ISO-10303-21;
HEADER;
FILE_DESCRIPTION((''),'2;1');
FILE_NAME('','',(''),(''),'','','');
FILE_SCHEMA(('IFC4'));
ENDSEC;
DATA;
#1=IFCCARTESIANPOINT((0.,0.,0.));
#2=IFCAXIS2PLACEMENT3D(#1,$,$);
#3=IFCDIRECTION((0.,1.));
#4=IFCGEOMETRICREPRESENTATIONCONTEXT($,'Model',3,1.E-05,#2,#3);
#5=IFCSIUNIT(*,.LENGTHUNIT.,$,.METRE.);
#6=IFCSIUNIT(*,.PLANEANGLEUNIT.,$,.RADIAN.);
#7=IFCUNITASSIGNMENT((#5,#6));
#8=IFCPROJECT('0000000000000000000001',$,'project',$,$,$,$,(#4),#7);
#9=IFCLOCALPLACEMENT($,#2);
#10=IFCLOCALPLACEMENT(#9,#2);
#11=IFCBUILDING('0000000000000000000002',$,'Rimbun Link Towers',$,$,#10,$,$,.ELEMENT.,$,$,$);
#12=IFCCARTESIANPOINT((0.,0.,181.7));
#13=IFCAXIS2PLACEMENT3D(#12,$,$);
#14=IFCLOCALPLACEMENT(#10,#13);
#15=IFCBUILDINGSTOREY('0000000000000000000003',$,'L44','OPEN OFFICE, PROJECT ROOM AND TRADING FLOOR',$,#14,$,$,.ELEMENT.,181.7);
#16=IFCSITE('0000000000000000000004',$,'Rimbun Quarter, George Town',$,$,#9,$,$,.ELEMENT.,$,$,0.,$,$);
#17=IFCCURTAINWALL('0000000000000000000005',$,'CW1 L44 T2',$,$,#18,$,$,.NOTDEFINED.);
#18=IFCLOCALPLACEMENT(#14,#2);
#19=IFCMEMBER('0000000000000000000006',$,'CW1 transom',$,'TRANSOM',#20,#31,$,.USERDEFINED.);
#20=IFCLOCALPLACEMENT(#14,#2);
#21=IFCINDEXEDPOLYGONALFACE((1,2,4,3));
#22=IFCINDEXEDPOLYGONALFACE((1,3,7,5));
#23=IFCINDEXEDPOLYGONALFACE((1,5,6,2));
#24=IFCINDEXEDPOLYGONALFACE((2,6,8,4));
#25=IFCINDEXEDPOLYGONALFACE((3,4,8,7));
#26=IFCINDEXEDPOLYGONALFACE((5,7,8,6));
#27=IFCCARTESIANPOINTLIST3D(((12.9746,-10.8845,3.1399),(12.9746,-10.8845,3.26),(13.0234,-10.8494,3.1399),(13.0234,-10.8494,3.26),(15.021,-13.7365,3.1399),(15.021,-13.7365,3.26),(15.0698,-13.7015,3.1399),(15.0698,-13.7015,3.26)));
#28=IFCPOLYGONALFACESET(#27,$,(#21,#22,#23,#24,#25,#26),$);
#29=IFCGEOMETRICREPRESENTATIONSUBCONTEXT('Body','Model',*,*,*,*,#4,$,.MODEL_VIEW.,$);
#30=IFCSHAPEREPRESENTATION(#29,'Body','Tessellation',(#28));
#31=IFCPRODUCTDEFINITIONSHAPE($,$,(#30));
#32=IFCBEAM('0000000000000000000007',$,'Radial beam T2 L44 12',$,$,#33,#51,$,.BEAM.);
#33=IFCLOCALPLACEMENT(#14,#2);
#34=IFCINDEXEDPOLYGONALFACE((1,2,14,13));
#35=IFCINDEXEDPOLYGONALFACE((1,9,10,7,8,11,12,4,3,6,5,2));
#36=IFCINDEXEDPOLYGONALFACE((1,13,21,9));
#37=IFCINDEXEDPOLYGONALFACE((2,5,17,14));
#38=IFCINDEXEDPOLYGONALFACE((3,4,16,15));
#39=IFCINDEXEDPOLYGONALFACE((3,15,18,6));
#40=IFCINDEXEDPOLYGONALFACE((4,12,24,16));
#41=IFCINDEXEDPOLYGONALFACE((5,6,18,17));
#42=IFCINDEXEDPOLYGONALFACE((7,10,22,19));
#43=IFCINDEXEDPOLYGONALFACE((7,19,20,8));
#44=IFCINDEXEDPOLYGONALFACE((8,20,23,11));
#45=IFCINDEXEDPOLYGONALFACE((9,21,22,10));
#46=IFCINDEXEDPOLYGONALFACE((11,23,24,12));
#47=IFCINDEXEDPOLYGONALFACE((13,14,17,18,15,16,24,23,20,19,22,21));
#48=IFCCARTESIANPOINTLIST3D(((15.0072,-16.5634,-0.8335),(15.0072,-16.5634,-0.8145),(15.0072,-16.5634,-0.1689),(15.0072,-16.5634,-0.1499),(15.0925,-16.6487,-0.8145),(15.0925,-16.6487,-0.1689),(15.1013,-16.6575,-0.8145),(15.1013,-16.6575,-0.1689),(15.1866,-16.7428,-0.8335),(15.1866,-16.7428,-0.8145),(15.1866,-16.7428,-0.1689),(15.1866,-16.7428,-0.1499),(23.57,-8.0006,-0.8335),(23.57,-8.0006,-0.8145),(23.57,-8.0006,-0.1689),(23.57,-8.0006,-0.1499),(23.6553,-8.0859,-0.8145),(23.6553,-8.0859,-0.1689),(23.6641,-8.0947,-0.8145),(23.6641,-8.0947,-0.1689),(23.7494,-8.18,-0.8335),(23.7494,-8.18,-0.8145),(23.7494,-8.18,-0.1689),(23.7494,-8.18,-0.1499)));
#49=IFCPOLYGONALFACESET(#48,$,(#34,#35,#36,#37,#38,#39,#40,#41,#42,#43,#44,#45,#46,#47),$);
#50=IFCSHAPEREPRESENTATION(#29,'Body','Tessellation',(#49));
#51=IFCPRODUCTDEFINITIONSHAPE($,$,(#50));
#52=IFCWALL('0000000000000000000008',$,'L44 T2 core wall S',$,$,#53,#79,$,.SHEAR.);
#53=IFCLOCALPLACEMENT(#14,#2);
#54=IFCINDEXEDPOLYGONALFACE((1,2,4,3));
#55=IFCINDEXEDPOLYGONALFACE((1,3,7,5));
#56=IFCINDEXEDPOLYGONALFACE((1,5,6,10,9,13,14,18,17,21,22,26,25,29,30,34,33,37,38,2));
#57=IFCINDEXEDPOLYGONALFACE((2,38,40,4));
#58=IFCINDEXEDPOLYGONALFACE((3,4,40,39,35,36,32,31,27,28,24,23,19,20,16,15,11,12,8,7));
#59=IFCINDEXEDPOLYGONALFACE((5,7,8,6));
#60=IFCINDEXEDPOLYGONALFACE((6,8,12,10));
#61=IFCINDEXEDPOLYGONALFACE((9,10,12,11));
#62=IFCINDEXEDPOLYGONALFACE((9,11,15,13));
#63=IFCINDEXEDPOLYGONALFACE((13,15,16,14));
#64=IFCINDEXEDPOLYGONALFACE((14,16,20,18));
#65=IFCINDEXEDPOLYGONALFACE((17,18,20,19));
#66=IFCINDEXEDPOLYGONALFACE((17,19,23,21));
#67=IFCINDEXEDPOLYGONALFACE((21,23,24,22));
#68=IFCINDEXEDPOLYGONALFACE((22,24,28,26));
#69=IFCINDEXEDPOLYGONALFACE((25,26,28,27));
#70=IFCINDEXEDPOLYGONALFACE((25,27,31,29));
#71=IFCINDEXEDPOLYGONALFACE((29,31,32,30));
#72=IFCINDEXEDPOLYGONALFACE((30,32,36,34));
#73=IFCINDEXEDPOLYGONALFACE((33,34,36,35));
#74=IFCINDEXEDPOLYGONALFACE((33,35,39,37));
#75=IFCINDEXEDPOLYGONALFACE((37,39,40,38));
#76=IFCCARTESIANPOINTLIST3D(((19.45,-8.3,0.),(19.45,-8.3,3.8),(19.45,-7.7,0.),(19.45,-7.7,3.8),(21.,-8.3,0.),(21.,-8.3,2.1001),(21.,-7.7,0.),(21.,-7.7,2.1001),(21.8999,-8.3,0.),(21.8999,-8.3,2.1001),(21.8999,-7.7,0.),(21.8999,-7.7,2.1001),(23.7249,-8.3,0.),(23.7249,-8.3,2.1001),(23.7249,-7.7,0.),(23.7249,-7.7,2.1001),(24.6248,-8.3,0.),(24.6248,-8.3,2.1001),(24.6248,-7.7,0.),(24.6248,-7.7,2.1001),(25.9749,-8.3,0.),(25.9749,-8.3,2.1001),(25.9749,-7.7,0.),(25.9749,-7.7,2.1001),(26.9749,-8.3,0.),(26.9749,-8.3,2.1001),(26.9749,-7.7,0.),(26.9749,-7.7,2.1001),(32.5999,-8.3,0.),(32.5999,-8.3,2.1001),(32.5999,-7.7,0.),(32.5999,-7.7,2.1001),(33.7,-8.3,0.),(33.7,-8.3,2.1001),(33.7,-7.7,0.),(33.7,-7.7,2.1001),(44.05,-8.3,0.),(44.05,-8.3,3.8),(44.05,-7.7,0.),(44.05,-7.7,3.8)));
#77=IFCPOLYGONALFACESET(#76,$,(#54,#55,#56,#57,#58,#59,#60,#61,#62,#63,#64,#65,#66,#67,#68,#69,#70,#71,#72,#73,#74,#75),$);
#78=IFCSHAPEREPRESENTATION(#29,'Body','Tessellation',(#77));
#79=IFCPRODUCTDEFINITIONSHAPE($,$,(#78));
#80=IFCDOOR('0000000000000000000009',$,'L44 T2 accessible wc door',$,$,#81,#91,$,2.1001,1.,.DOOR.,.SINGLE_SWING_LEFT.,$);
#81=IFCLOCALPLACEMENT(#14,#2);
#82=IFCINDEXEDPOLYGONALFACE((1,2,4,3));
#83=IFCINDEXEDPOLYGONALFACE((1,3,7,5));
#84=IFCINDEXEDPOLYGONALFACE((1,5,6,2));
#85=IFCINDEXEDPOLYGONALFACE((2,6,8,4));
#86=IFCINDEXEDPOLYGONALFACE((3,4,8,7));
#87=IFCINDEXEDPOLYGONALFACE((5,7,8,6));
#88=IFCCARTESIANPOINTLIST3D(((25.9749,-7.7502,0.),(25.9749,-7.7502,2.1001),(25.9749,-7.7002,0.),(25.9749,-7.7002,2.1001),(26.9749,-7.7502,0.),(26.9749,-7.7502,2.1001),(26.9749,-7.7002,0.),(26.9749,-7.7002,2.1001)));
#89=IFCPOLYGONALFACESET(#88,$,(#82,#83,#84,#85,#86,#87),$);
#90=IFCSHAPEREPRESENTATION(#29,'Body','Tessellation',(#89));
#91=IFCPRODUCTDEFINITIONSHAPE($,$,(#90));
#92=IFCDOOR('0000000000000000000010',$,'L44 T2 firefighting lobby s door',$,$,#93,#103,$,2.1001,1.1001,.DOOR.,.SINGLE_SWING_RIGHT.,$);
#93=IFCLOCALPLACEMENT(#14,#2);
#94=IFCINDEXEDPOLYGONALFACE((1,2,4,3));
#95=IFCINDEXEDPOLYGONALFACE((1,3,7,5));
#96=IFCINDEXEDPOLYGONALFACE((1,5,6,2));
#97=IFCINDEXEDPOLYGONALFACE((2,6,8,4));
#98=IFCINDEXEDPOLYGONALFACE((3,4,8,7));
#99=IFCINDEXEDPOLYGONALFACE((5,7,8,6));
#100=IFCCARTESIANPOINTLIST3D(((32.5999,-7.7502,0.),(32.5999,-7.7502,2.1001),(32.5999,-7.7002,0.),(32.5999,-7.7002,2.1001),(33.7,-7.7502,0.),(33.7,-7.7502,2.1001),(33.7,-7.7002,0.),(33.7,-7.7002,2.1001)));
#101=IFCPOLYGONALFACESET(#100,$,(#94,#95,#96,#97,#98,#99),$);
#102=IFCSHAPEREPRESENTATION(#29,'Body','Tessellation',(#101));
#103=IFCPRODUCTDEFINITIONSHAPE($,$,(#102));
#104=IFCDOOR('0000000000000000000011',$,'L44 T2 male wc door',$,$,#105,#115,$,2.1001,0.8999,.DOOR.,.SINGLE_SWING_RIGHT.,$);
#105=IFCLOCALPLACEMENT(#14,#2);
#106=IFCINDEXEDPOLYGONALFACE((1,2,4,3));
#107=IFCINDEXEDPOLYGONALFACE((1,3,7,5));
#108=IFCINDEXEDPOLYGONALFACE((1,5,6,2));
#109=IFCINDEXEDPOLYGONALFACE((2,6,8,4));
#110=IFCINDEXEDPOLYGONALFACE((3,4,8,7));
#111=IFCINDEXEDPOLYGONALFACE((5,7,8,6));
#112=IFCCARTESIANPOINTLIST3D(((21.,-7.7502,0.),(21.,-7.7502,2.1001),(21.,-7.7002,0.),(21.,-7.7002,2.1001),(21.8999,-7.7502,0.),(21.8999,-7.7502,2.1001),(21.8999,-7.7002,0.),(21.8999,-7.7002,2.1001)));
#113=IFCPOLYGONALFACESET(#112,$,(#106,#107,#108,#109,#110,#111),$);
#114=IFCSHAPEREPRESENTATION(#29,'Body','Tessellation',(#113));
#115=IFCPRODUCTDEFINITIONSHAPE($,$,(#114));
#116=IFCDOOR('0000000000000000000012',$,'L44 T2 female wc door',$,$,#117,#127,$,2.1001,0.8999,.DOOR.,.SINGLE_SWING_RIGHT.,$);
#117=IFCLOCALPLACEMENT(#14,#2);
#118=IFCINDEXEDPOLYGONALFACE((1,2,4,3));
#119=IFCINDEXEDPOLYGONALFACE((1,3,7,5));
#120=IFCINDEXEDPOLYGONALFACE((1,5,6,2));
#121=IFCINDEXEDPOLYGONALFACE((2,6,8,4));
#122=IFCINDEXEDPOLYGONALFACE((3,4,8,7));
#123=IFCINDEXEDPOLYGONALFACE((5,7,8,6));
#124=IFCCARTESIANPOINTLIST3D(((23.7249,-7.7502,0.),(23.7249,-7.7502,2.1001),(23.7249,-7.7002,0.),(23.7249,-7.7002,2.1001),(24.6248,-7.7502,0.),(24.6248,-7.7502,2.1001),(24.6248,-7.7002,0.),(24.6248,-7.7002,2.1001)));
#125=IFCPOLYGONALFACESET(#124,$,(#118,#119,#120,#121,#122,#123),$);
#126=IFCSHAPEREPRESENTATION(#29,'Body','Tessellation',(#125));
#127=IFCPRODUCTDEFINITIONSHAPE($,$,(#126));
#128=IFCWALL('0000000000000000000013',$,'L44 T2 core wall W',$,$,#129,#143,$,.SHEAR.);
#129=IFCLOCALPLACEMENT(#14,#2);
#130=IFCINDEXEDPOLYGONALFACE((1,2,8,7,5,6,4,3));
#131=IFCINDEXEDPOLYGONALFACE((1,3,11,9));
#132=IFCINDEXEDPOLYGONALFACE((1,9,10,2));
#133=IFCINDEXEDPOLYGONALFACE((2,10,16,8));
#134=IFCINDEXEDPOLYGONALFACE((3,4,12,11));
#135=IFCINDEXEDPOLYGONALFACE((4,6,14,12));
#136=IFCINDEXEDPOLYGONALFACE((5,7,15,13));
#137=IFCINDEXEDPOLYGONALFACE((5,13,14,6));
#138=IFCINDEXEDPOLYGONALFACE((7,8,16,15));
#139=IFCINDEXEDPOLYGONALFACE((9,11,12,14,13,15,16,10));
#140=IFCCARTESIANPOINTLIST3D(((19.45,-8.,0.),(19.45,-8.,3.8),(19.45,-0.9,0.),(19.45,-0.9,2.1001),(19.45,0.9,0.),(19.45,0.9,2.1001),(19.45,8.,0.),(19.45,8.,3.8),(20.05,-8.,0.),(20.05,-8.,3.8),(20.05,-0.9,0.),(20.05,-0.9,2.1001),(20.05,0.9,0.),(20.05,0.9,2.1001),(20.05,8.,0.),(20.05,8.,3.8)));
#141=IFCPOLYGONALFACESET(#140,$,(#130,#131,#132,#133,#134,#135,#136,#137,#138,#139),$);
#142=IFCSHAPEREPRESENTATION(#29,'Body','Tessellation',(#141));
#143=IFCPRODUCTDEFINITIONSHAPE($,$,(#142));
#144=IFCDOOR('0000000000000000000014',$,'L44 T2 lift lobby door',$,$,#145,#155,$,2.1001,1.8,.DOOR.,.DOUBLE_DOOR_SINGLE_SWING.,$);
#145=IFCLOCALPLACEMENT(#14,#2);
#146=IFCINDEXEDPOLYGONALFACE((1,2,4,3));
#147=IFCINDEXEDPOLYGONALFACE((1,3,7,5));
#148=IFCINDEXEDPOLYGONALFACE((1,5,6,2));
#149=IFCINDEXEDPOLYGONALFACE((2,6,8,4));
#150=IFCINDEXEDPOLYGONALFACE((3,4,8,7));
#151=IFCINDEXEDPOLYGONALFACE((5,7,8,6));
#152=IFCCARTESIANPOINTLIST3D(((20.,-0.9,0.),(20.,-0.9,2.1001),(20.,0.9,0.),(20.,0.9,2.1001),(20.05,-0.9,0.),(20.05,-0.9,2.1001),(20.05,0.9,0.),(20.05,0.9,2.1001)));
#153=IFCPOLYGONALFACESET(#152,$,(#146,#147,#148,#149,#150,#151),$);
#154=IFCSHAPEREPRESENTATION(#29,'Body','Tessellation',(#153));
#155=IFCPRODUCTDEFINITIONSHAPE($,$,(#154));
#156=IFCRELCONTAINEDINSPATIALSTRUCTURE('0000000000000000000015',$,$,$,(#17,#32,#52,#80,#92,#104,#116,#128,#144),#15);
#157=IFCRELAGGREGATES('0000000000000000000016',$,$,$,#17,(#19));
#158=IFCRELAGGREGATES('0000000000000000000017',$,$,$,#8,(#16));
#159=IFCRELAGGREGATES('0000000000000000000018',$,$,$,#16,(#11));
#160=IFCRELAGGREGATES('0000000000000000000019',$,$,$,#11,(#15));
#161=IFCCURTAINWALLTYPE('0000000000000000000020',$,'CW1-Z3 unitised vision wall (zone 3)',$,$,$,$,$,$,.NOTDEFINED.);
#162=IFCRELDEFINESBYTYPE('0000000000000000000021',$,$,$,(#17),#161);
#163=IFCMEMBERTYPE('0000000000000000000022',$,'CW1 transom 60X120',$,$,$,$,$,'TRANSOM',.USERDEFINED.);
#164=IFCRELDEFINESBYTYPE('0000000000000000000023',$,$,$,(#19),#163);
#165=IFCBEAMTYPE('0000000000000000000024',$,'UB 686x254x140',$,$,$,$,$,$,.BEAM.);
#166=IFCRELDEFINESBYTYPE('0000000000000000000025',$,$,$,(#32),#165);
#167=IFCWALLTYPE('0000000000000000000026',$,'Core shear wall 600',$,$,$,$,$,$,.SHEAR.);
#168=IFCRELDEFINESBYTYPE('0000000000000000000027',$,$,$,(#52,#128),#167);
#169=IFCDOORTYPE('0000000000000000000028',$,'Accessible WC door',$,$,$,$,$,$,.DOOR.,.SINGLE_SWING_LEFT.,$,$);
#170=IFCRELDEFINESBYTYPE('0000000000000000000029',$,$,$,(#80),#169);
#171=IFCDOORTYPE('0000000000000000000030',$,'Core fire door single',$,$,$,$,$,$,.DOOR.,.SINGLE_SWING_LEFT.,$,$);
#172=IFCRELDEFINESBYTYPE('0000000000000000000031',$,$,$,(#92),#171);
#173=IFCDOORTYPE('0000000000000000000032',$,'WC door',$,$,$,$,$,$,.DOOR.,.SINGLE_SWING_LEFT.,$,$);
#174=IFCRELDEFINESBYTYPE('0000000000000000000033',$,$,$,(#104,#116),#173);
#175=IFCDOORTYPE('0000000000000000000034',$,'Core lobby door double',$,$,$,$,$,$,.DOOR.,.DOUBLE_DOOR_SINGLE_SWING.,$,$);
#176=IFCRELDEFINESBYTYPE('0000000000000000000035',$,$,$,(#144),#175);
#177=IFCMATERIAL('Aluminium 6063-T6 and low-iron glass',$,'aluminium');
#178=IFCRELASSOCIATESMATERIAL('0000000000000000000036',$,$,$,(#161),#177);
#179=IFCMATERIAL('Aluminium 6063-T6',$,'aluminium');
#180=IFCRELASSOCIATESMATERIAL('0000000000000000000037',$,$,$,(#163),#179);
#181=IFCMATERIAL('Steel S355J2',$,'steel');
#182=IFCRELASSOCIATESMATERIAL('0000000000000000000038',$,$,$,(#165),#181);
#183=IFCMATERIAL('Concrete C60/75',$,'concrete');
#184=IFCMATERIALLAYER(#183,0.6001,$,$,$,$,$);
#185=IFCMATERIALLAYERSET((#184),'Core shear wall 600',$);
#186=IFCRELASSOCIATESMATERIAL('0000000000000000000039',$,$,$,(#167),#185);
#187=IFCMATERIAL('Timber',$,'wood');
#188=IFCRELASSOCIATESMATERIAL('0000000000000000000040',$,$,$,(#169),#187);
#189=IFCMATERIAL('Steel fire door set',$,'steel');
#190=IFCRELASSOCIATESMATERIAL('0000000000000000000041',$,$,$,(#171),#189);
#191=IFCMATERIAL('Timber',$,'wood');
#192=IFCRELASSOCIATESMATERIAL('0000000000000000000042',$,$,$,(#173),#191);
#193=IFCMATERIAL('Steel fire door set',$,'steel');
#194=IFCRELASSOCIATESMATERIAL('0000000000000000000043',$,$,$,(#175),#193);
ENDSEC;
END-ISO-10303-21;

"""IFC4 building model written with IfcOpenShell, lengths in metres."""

from ifc_helpers import new_model, si_unit, direction, frame, frame_2d, origin, origin_2d, place, context, subcontext, project, spatial, rectangle, i_section, extrude, material, layer, layer_set, material_profile, profile_set, type_object, element, fill, aggregate, save


model = new_model("IFC4")

# Units and contexts
model_context = context("Model", 3, precision=1e-05, world=origin(), true_north=direction((0.0, 1.0)))
body_context = subcontext(model_context, "Body", "Model", "MODEL_VIEW")
ifc_project = project(units=[si_unit("LENGTHUNIT", "METRE"), si_unit("PLANEANGLEUNIT", "RADIAN")], contexts=[model_context])

# Site, building, storey
site_placement = place(None, origin())
site = spatial("IfcSite", under=ifc_project, at=site_placement, Name="Rimbun Quarter, George Town", CompositionType="ELEMENT", RefElevation=0.0)
building_placement = place(site_placement, origin())
building = spatial("IfcBuilding", under=site, at=building_placement, Name="Rimbun Link Towers", CompositionType="ELEMENT")
storey_placement = place(building_placement, frame((0.0, 0.0, 181.7)))
storey = spatial("IfcBuildingStorey", under=building, at=storey_placement, Name="L44", Description="OPEN OFFICE, PROJECT ROOM AND TRADING FLOOR", CompositionType="ELEMENT", Elevation=181.7)

# Curtain wall, member
ifc_material_1 = material(Name="Aluminium 6063-T6 and low-iron glass", Category="aluminium")
curtain_wall_type = type_object("IfcCurtainWallType", Name="CW1-Z3 unitised vision wall (zone 3)", PredefinedType="NOTDEFINED", material=ifc_material_1)
curtain_wall_placement = place(storey_placement, origin())
curtain_wall = element("IfcCurtainWall", 1, at=curtain_wall_placement, inside=storey, type_object=curtain_wall_type, Name="CW1 L44 T2", PredefinedType="NOTDEFINED")
ifc_material_2 = material(Name="Aluminium 6063-T6", Category="aluminium")
ifc_material_profile_1 = material_profile(ifc_material_2, rectangle(XDim=0.0601, YDim=0.1201, at=origin_2d()), Name="TRANSOM 60X120")
ifc_profile_set_1 = profile_set([ifc_material_profile_1], Name="Aluminium 6063-T6")
member_type = type_object("IfcMemberType", Name="CW1 transom 60X120", ElementType="TRANSOM", PredefinedType="USERDEFINED", material=ifc_profile_set_1)
member_placement = place(storey_placement, frame((15.0454, -13.719, 3.2), z_axis=(-0.582974, 0.812491, 0.0), x_axis=(-0.812491, -0.582974, 0.0)))
member = element("IfcMember", 2, at=member_placement, type_object=member_type, Name="CW1 transom", ObjectType="TRANSOM", PredefinedType="USERDEFINED", context=body_context, shape_type="SweptSolid", body=[
    extrude(rectangle(XDim=0.0601, YDim=0.1201, at=origin_2d()), origin(), (0.0, 0.0, 1.0), 3.5103),
])
aggregate(curtain_wall, [member])

# Beam
ifc_material_3 = material(Name="Steel S355J2", Category="steel")
ifc_material_profile_2 = material_profile(ifc_material_3, i_section(OverallWidth=0.2537, OverallDepth=0.6836, WebThickness=0.0125, FlangeThickness=0.019, at=origin_2d()), Name="UB 686x254x140")
ifc_profile_set_2 = profile_set([ifc_material_profile_2], Name="Steel S355J2")
beam_type = type_object("IfcBeamType", Name="UB 686x254x140", PredefinedType="BEAM", material=ifc_profile_set_2)
beam_placement = place(storey_placement, frame((23.6597, -8.0903, -0.4917), z_axis=(-0.707107, -0.707107, 0.0), x_axis=(0.707107, -0.707107, 0.0)))
element("IfcBeam", 3, at=beam_placement, inside=storey, type_object=beam_type, Name="Radial beam T2 L44 12", PredefinedType="BEAM", context=body_context, shape_type="SweptSolid", body=[
    extrude(i_section(OverallWidth=0.2537, OverallDepth=0.6836, WebThickness=0.0125, FlangeThickness=0.019, at=origin_2d()), origin(), (0.0, 0.0, 1.0), 12.1096),
])

# Wall, openings, doors
ifc_material_4 = material(Name="Concrete C60/75", Category="concrete")
ifc_layer_1 = layer(ifc_material_4, 0.6001)
ifc_layer_set_1 = layer_set([ifc_layer_1], Name="Core shear wall 600")
wall_type_1 = type_object("IfcWallType", Name="Core shear wall 600", PredefinedType="SHEAR", material=ifc_layer_set_1)
wall_1_placement = place(storey_placement, frame((19.45, -8.0, 0.0), z_axis=(0.0, 0.0, 1.0), x_axis=(1.0, 0.0, 0.0)))
wall_1 = element("IfcWall", 4, at=wall_1_placement, inside=storey, type_object=wall_type_1, Name="L44 T2 core wall S", PredefinedType="SHEAR", context=body_context, shape_type="SweptSolid", body=[
    extrude(rectangle(XDim=24.6001, YDim=0.6001, at=frame_2d((12.3, 0.0))), origin(), (0.0, 0.0, 1.0), 3.8),
])
opening_1_placement = place(wall_1_placement, frame((13.1499, 0.0, 0.0)))
opening_1 = element("IfcOpeningElement", 5, at=opening_1_placement, cuts=wall_1, PredefinedType="OPENING", context=body_context, shape_type="SweptSolid", body=[
    extrude(rectangle(XDim=1.1001, YDim=2.1001, at=frame_2d((0.55, 1.05))), frame((0.0, 0.3101, 0.0), z_axis=(0.0, -1.0, 0.0), x_axis=(1.0, 0.0, 0.0)), (0.0, 0.0, 1.0), 0.6201),
])
opening_2_placement = place(wall_1_placement, frame((1.55, 0.0, 0.0)))
opening_2 = element("IfcOpeningElement", 6, at=opening_2_placement, cuts=wall_1, PredefinedType="OPENING", context=body_context, shape_type="SweptSolid", body=[
    extrude(rectangle(XDim=0.8999, YDim=2.1001, at=frame_2d((0.45, 1.05))), frame((0.0, 0.3101, 0.0), z_axis=(0.0, -1.0, 0.0), x_axis=(1.0, 0.0, 0.0)), (0.0, 0.0, 1.0), 0.6201),
])
opening_3_placement = place(wall_1_placement, frame((4.2749, 0.0, 0.0)))
opening_3 = element("IfcOpeningElement", 7, at=opening_3_placement, cuts=wall_1, PredefinedType="OPENING", context=body_context, shape_type="SweptSolid", body=[
    extrude(rectangle(XDim=0.8999, YDim=2.1001, at=frame_2d((0.45, 1.05))), frame((0.0, 0.3101, 0.0), z_axis=(0.0, -1.0, 0.0), x_axis=(1.0, 0.0, 0.0)), (0.0, 0.0, 1.0), 0.6201),
])
opening_4_placement = place(wall_1_placement, frame((6.5249, 0.0, 0.0)))
opening_4 = element("IfcOpeningElement", 8, at=opening_4_placement, cuts=wall_1, PredefinedType="OPENING", context=body_context, shape_type="SweptSolid", body=[
    extrude(rectangle(XDim=1.0, YDim=2.1001, at=frame_2d((0.5, 1.05))), frame((0.0, 0.3101, 0.0), z_axis=(0.0, -1.0, 0.0), x_axis=(1.0, 0.0, 0.0)), (0.0, 0.0, 1.0), 0.6201),
])
ifc_material_5 = material(Name="Timber", Category="wood")
door_type_1 = type_object("IfcDoorType", Name="Accessible WC door", OperationType="SINGLE_SWING_LEFT", PredefinedType="DOOR", material=ifc_material_5)
door_1_placement = place(opening_4_placement, origin())
door_1 = element("IfcDoor", 9, at=door_1_placement, inside=storey, type_object=door_type_1, Name="L44 T2 accessible wc door", OperationType="SINGLE_SWING_LEFT", OverallHeight=2.1001, OverallWidth=1.0, PredefinedType="DOOR", context=body_context, shape_type="SweptSolid", body=[
    extrude(rectangle(XDim=1.0, YDim=2.1001, at=frame_2d((0.5, 1.05))), frame((0.0, 0.2998, 0.0), z_axis=(0.0, -1.0, 0.0), x_axis=(1.0, 0.0, 0.0)), (0.0, 0.0, 1.0), 0.05),
])
fill(opening_4, door_1)
ifc_material_6 = material(Name="Steel fire door set", Category="steel")
door_type_2 = type_object("IfcDoorType", Name="Core fire door single", OperationType="SINGLE_SWING_LEFT", PredefinedType="DOOR", material=ifc_material_6)
door_2_placement = place(opening_1_placement, origin())
door_2 = element("IfcDoor", 10, at=door_2_placement, inside=storey, type_object=door_type_2, Name="L44 T2 firefighting lobby s door", OperationType="SINGLE_SWING_RIGHT", OverallHeight=2.1001, OverallWidth=1.1001, PredefinedType="DOOR", context=body_context, shape_type="SweptSolid", body=[
    extrude(rectangle(XDim=1.1001, YDim=2.1001, at=frame_2d((0.55, 1.05))), frame((0.0, 0.2998, 0.0), z_axis=(0.0, -1.0, 0.0), x_axis=(1.0, 0.0, 0.0)), (0.0, 0.0, 1.0), 0.05),
])
fill(opening_1, door_2)
ifc_material_7 = material(Name="Timber", Category="wood")
door_type_3 = type_object("IfcDoorType", Name="WC door", OperationType="SINGLE_SWING_LEFT", PredefinedType="DOOR", material=ifc_material_7)
door_3_placement = place(opening_2_placement, origin())
door_3 = element("IfcDoor", 11, at=door_3_placement, inside=storey, type_object=door_type_3, Name="L44 T2 male wc door", OperationType="SINGLE_SWING_RIGHT", OverallHeight=2.1001, OverallWidth=0.8999, PredefinedType="DOOR", context=body_context, shape_type="SweptSolid", body=[
    extrude(rectangle(XDim=0.8999, YDim=2.1001, at=frame_2d((0.45, 1.05))), frame((0.0, 0.2998, 0.0), z_axis=(0.0, -1.0, 0.0), x_axis=(1.0, 0.0, 0.0)), (0.0, 0.0, 1.0), 0.05),
])
fill(opening_2, door_3)
door_4_placement = place(opening_3_placement, origin())
door_4 = element("IfcDoor", 12, at=door_4_placement, inside=storey, type_object=door_type_3, Name="L44 T2 female wc door", OperationType="SINGLE_SWING_RIGHT", OverallHeight=2.1001, OverallWidth=0.8999, PredefinedType="DOOR", context=body_context, shape_type="SweptSolid", body=[
    extrude(rectangle(XDim=0.8999, YDim=2.1001, at=frame_2d((0.45, 1.05))), frame((0.0, 0.2998, 0.0), z_axis=(0.0, -1.0, 0.0), x_axis=(1.0, 0.0, 0.0)), (0.0, 0.0, 1.0), 0.05),
])
fill(opening_3, door_4)

# Wall, opening, door
wall_2_placement = place(storey_placement, frame((19.75, -8.0, 0.0), z_axis=(0.0, 0.0, 1.0), x_axis=(0.0, 1.0, 0.0)))
wall_2 = element("IfcWall", 13, at=wall_2_placement, inside=storey, type_object=wall_type_1, Name="L44 T2 core wall W", PredefinedType="SHEAR", context=body_context, shape_type="SweptSolid", body=[
    extrude(rectangle(XDim=16.0, YDim=0.6001, at=frame_2d((8.0, 0.0))), origin(), (0.0, 0.0, 1.0), 3.8),
])
opening_5_placement = place(wall_2_placement, frame((7.1001, 0.0, 0.0)))
opening_5 = element("IfcOpeningElement", 14, at=opening_5_placement, cuts=wall_2, PredefinedType="OPENING", context=body_context, shape_type="SweptSolid", body=[
    extrude(rectangle(XDim=1.8, YDim=2.1001, at=frame_2d((0.8999, 1.05))), frame((0.0, 0.3101, 0.0), z_axis=(0.0, -1.0, 0.0), x_axis=(1.0, 0.0, 0.0)), (0.0, 0.0, 1.0), 0.6201),
])
ifc_material_8 = material(Name="Steel fire door set", Category="steel")
door_type_4 = type_object("IfcDoorType", Name="Core lobby door double", OperationType="DOUBLE_DOOR_SINGLE_SWING", PredefinedType="DOOR", material=ifc_material_8)
door_5_placement = place(opening_5_placement, origin())
door_5 = element("IfcDoor", 15, at=door_5_placement, inside=storey, type_object=door_type_4, Name="L44 T2 lift lobby door", OperationType="DOUBLE_DOOR_SINGLE_SWING", OverallHeight=2.1001, OverallWidth=1.8, PredefinedType="DOOR", context=body_context, shape_type="SweptSolid", body=[
    extrude(rectangle(XDim=1.8, YDim=2.1001, at=frame_2d((0.8999, 1.05))), frame((0.0, -0.25, 0.0), z_axis=(0.0, -1.0, 0.0), x_axis=(1.0, 0.0, 0.0)), (0.0, 0.0, 1.0), 0.05),
])
fill(opening_5, door_5)

save(model, "model.ifc")
